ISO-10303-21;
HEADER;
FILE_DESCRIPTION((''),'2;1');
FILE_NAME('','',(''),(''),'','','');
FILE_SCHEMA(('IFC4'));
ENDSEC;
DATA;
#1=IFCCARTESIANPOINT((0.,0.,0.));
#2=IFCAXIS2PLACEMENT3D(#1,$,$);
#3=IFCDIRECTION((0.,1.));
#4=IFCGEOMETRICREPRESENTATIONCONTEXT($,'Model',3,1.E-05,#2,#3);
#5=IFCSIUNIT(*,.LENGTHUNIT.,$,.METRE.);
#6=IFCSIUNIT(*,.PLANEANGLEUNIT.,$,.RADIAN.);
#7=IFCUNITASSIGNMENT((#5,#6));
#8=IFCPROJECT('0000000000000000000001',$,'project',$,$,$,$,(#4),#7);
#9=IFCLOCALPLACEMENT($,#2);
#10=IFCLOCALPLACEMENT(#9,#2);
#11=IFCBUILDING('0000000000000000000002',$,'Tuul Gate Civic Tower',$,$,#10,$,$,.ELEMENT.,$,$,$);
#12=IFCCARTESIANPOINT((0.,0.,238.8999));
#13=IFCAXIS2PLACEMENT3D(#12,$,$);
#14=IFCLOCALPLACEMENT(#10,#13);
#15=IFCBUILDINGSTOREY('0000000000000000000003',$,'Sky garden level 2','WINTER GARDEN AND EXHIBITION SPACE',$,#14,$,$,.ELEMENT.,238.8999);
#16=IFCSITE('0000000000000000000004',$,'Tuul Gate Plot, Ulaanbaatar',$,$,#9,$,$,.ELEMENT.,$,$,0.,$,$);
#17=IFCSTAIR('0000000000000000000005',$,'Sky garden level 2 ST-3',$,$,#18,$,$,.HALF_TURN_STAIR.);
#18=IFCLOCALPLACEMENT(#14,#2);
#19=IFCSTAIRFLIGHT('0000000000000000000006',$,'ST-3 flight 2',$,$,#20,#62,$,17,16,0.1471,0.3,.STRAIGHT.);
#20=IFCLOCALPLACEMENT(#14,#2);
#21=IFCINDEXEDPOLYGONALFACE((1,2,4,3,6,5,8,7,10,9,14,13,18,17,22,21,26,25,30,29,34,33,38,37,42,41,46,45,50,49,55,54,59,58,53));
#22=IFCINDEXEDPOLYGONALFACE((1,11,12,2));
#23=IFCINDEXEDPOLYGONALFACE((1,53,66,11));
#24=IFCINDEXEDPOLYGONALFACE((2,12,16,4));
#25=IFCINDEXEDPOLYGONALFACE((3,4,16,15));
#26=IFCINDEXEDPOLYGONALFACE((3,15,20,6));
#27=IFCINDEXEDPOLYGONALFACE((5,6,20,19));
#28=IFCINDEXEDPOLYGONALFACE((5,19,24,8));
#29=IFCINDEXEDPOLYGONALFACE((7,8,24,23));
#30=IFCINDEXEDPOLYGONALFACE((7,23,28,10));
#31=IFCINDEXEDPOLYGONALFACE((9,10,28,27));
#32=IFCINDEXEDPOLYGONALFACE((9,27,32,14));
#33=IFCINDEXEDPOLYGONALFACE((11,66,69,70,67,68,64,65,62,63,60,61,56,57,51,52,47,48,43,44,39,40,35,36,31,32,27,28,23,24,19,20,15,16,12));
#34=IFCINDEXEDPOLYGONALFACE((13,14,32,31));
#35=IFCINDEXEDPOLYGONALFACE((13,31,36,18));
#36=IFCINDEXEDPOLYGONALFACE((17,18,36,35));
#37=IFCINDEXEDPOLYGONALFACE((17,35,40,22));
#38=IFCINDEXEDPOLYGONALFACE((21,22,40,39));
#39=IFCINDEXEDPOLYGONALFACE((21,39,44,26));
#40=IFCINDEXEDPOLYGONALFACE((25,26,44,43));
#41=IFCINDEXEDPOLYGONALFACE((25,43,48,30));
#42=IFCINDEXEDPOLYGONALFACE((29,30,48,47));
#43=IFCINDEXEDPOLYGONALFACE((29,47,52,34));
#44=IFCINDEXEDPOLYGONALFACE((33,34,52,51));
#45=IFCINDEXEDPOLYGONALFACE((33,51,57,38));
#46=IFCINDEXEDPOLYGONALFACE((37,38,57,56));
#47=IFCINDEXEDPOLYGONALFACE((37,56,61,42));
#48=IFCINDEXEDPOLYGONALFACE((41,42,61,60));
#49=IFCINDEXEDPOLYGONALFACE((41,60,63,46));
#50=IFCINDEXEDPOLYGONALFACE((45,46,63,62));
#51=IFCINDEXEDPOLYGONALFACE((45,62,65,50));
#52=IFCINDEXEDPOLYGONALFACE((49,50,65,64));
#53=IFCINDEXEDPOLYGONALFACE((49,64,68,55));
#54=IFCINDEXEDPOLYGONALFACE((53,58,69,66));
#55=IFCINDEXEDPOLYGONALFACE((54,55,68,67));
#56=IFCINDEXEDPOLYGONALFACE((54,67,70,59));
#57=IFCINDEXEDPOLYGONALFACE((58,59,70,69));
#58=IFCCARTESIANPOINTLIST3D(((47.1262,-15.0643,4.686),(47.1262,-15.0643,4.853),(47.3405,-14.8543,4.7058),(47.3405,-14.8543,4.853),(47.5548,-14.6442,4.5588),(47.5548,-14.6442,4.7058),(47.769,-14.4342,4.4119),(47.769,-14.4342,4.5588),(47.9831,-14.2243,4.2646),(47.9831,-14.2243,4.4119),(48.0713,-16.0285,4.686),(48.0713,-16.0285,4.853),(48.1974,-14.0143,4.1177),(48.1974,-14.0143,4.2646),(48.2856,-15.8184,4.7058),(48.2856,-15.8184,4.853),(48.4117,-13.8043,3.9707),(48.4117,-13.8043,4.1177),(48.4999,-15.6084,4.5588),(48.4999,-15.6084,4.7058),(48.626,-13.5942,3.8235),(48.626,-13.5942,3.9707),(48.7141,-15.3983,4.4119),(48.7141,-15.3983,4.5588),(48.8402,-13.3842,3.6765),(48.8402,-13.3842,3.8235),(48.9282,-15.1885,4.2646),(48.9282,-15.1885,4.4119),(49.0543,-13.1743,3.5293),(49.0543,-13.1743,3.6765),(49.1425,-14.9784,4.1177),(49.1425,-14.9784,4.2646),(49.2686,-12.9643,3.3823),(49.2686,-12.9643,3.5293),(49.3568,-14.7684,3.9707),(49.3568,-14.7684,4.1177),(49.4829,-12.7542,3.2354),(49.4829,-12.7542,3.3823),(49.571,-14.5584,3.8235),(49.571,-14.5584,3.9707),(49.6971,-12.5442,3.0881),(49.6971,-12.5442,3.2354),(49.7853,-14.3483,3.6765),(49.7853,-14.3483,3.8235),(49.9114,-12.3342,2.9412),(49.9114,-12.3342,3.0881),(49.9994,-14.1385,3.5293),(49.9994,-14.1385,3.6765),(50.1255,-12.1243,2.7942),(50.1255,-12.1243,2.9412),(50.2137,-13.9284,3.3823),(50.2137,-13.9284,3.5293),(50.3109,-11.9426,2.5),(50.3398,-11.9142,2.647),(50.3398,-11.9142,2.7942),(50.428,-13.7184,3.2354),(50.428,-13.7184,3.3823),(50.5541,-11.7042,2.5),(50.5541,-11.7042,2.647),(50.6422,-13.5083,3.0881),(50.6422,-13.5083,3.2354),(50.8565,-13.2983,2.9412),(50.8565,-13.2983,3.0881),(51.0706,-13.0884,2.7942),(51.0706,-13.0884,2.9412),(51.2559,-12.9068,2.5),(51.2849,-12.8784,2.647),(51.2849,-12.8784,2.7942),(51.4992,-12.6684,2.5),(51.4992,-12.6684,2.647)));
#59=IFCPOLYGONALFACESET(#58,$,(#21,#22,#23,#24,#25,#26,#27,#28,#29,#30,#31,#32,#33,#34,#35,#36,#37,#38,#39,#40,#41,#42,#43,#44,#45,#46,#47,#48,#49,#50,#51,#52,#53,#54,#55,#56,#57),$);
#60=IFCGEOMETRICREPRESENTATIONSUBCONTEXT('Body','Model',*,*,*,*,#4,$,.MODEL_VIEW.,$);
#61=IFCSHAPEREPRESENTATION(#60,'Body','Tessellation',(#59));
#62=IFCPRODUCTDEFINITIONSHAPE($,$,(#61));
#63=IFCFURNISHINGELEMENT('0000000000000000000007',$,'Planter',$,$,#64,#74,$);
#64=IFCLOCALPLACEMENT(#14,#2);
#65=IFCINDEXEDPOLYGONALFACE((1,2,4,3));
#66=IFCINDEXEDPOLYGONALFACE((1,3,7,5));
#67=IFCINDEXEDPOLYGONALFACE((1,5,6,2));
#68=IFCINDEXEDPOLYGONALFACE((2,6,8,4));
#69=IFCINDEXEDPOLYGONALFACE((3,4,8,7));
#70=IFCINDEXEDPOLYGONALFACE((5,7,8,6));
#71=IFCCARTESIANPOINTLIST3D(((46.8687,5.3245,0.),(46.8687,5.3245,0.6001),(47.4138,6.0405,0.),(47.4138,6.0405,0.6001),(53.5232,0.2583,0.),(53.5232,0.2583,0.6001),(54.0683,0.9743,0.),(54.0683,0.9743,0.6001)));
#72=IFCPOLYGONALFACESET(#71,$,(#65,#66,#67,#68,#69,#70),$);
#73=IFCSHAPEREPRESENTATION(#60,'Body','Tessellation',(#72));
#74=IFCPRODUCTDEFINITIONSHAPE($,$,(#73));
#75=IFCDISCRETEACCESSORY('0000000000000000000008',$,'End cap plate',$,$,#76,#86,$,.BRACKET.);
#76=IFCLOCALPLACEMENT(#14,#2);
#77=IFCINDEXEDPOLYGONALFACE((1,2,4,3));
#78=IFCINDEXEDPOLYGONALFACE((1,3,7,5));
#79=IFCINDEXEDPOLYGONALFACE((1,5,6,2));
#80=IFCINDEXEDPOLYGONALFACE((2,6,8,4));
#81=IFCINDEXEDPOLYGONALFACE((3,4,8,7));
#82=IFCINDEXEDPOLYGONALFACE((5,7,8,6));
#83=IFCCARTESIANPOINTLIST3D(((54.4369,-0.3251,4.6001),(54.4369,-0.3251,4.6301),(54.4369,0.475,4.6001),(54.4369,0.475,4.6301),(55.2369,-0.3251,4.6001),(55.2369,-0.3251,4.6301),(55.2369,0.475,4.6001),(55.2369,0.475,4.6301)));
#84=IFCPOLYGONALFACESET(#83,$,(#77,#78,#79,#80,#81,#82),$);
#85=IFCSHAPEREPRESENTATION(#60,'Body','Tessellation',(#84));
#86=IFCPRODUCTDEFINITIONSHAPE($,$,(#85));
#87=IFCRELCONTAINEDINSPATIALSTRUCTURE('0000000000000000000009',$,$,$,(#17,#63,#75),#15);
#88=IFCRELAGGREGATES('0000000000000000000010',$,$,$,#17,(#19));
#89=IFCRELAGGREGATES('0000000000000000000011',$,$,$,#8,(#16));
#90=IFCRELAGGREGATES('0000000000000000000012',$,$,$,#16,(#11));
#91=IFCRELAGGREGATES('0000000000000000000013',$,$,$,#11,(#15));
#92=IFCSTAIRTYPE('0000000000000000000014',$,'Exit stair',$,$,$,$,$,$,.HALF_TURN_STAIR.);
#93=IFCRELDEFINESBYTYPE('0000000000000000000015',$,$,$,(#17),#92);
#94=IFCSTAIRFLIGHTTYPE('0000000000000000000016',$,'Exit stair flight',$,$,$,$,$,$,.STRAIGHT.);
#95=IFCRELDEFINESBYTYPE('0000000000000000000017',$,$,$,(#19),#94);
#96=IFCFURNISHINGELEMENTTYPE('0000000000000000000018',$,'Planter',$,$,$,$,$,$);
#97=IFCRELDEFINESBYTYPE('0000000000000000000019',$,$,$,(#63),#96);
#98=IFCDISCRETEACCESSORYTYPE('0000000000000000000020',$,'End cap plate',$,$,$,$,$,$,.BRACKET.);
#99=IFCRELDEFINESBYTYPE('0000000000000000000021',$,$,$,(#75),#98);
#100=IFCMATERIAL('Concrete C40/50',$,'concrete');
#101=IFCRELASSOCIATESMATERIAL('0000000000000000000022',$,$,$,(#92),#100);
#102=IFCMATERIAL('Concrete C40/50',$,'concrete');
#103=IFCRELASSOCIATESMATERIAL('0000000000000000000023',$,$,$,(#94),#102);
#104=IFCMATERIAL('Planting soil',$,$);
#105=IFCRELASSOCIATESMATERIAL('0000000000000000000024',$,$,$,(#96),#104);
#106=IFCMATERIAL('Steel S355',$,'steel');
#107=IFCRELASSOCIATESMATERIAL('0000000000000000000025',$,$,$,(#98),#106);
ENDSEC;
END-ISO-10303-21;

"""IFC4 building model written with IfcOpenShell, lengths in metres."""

from ifc_helpers import new_model, si_unit, direction, frame, origin, origin_2d, place, context, subcontext, project, spatial, polyline, rectangle, outline, extrude, material, type_object, element, aggregate, save


model = new_model("IFC4")

# Units and contexts
model_context = context("Model", 3, precision=1e-05, world=origin(), true_north=direction((0.0, 1.0)))
body_context = subcontext(model_context, "Body", "Model", "MODEL_VIEW")
ifc_project = project(units=[si_unit("LENGTHUNIT", "METRE"), si_unit("PLANEANGLEUNIT", "RADIAN")], contexts=[model_context])

# Site, building, storey
site_placement = place(None, origin())
site = spatial("IfcSite", under=ifc_project, at=site_placement, Name="Tuul Gate Plot, Ulaanbaatar", CompositionType="ELEMENT", RefElevation=0.0)
building_placement = place(site_placement, origin())
building = spatial("IfcBuilding", under=site, at=building_placement, Name="Tuul Gate Civic Tower", CompositionType="ELEMENT")
storey_placement = place(building_placement, frame((0.0, 0.0, 238.8999)))
storey = spatial("IfcBuildingStorey", under=building, at=storey_placement, Name="Sky garden level 2", Description="WINTER GARDEN AND EXHIBITION SPACE", CompositionType="ELEMENT", Elevation=238.8999)

# Stair, stair flight
ifc_material_1 = material(Name="Concrete C40/50", Category="concrete")
stair_type = type_object("IfcStairType", Name="Exit stair", PredefinedType="HALF_TURN_STAIR", material=ifc_material_1)
stair_placement = place(storey_placement, origin())
stair = element("IfcStair", 1, at=stair_placement, inside=storey, type_object=stair_type, Name="Sky garden level 2 ST-3", PredefinedType="HALF_TURN_STAIR")
ifc_material_2 = material(Name="Concrete C40/50", Category="concrete")
stair_flight_type = type_object("IfcStairFlightType", Name="Exit stair flight", PredefinedType="STRAIGHT", material=ifc_material_2)
stair_flight_placement = place(storey_placement, frame((51.0266, -12.1863, 2.5), z_axis=(0.0, 0.0, 1.0), x_axis=(-0.714127, -0.700016, 0.0)))
stair_flight = element("IfcStairFlight", 2, at=stair_flight_placement, type_object=stair_flight_type, Name="ST-3 flight 2", NumberOfRisers=17, NumberOfTreads=16, PredefinedType="STRAIGHT", RiserHeight=0.1471, TreadLength=0.3, context=body_context, shape_type="SweptSolid", body=[
    extrude(outline(polyline([(0.0, 0.0), (0.0, 0.147), (0.3, 0.147), (0.3, 0.2942), (0.6001, 0.2942), (0.6001, 0.4412), (0.8999, 0.4412), (0.8999, 0.5881), (1.2, 0.5881), (1.2, 0.7354), (1.5, 0.7354), (1.5, 0.8823), (1.8, 0.8823), (1.8, 1.0293), (2.1001, 1.0293), (2.1001, 1.1765), (2.3999, 1.1765), (2.3999, 1.3235), (2.7, 1.3235), (2.7, 1.4707), (3.0, 1.4707), (3.0, 1.6177), (3.3, 1.6177), (3.3, 1.7646), (3.6001, 1.7646), (3.6001, 1.9119), (3.8999, 1.9119), (3.8999, 2.0588), (4.2, 2.0588), (4.2, 2.2058), (4.5, 2.2058), (4.5, 2.353), (4.8, 2.353), (4.8, 2.5), (4.8, 2.186), (0.3406, 0.0), (0.0, 0.0)])), frame((0.0, 0.675, 0.0), z_axis=(0.0, -1.0, 0.0), x_axis=(1.0, 0.0, 0.0)), (0.0, 0.0, 1.0), 1.3501),
])
aggregate(stair, [stair_flight])

# Furnishing element
ifc_material_3 = material(Name="Planting soil")
furnishing_element_type = type_object("IfcFurnishingElementType", Name="Planter", material=ifc_material_3)
furnishing_placement = place(storey_placement, frame((50.4685, 3.1494, 0.0), z_axis=(0.0, 0.0, 1.0), x_axis=(-0.795653, 0.605752, 0.0)))
element("IfcFurnishingElement", 3, at=furnishing_placement, inside=storey, type_object=furnishing_element_type, Name="Planter", context=body_context, shape_type="SweptSolid", body=[
    extrude(rectangle(XDim=8.3635, YDim=0.8999, at=origin_2d()), origin(), (0.0, 0.0, 1.0), 0.6001),
])

# Discrete accessory
ifc_material_4 = material(Name="Steel S355", Category="steel")
discrete_accessory_type = type_object("IfcDiscreteAccessoryType", Name="End cap plate", PredefinedType="BRACKET", material=ifc_material_4)
discrete_accessory_placement = place(storey_placement, frame((54.8369, 0.075, 4.6001), z_axis=(0.0, 0.0, 1.0), x_axis=(1.0, 0.0, 0.0)))
element("IfcDiscreteAccessory", 4, at=discrete_accessory_placement, inside=storey, type_object=discrete_accessory_type, Name="End cap plate", PredefinedType="BRACKET", context=body_context, shape_type="SweptSolid", body=[
    extrude(rectangle(XDim=0.8, YDim=0.8, at=origin_2d()), origin(), (0.0, 0.0, 1.0), 0.03),
])

save(model, "model.ifc")
